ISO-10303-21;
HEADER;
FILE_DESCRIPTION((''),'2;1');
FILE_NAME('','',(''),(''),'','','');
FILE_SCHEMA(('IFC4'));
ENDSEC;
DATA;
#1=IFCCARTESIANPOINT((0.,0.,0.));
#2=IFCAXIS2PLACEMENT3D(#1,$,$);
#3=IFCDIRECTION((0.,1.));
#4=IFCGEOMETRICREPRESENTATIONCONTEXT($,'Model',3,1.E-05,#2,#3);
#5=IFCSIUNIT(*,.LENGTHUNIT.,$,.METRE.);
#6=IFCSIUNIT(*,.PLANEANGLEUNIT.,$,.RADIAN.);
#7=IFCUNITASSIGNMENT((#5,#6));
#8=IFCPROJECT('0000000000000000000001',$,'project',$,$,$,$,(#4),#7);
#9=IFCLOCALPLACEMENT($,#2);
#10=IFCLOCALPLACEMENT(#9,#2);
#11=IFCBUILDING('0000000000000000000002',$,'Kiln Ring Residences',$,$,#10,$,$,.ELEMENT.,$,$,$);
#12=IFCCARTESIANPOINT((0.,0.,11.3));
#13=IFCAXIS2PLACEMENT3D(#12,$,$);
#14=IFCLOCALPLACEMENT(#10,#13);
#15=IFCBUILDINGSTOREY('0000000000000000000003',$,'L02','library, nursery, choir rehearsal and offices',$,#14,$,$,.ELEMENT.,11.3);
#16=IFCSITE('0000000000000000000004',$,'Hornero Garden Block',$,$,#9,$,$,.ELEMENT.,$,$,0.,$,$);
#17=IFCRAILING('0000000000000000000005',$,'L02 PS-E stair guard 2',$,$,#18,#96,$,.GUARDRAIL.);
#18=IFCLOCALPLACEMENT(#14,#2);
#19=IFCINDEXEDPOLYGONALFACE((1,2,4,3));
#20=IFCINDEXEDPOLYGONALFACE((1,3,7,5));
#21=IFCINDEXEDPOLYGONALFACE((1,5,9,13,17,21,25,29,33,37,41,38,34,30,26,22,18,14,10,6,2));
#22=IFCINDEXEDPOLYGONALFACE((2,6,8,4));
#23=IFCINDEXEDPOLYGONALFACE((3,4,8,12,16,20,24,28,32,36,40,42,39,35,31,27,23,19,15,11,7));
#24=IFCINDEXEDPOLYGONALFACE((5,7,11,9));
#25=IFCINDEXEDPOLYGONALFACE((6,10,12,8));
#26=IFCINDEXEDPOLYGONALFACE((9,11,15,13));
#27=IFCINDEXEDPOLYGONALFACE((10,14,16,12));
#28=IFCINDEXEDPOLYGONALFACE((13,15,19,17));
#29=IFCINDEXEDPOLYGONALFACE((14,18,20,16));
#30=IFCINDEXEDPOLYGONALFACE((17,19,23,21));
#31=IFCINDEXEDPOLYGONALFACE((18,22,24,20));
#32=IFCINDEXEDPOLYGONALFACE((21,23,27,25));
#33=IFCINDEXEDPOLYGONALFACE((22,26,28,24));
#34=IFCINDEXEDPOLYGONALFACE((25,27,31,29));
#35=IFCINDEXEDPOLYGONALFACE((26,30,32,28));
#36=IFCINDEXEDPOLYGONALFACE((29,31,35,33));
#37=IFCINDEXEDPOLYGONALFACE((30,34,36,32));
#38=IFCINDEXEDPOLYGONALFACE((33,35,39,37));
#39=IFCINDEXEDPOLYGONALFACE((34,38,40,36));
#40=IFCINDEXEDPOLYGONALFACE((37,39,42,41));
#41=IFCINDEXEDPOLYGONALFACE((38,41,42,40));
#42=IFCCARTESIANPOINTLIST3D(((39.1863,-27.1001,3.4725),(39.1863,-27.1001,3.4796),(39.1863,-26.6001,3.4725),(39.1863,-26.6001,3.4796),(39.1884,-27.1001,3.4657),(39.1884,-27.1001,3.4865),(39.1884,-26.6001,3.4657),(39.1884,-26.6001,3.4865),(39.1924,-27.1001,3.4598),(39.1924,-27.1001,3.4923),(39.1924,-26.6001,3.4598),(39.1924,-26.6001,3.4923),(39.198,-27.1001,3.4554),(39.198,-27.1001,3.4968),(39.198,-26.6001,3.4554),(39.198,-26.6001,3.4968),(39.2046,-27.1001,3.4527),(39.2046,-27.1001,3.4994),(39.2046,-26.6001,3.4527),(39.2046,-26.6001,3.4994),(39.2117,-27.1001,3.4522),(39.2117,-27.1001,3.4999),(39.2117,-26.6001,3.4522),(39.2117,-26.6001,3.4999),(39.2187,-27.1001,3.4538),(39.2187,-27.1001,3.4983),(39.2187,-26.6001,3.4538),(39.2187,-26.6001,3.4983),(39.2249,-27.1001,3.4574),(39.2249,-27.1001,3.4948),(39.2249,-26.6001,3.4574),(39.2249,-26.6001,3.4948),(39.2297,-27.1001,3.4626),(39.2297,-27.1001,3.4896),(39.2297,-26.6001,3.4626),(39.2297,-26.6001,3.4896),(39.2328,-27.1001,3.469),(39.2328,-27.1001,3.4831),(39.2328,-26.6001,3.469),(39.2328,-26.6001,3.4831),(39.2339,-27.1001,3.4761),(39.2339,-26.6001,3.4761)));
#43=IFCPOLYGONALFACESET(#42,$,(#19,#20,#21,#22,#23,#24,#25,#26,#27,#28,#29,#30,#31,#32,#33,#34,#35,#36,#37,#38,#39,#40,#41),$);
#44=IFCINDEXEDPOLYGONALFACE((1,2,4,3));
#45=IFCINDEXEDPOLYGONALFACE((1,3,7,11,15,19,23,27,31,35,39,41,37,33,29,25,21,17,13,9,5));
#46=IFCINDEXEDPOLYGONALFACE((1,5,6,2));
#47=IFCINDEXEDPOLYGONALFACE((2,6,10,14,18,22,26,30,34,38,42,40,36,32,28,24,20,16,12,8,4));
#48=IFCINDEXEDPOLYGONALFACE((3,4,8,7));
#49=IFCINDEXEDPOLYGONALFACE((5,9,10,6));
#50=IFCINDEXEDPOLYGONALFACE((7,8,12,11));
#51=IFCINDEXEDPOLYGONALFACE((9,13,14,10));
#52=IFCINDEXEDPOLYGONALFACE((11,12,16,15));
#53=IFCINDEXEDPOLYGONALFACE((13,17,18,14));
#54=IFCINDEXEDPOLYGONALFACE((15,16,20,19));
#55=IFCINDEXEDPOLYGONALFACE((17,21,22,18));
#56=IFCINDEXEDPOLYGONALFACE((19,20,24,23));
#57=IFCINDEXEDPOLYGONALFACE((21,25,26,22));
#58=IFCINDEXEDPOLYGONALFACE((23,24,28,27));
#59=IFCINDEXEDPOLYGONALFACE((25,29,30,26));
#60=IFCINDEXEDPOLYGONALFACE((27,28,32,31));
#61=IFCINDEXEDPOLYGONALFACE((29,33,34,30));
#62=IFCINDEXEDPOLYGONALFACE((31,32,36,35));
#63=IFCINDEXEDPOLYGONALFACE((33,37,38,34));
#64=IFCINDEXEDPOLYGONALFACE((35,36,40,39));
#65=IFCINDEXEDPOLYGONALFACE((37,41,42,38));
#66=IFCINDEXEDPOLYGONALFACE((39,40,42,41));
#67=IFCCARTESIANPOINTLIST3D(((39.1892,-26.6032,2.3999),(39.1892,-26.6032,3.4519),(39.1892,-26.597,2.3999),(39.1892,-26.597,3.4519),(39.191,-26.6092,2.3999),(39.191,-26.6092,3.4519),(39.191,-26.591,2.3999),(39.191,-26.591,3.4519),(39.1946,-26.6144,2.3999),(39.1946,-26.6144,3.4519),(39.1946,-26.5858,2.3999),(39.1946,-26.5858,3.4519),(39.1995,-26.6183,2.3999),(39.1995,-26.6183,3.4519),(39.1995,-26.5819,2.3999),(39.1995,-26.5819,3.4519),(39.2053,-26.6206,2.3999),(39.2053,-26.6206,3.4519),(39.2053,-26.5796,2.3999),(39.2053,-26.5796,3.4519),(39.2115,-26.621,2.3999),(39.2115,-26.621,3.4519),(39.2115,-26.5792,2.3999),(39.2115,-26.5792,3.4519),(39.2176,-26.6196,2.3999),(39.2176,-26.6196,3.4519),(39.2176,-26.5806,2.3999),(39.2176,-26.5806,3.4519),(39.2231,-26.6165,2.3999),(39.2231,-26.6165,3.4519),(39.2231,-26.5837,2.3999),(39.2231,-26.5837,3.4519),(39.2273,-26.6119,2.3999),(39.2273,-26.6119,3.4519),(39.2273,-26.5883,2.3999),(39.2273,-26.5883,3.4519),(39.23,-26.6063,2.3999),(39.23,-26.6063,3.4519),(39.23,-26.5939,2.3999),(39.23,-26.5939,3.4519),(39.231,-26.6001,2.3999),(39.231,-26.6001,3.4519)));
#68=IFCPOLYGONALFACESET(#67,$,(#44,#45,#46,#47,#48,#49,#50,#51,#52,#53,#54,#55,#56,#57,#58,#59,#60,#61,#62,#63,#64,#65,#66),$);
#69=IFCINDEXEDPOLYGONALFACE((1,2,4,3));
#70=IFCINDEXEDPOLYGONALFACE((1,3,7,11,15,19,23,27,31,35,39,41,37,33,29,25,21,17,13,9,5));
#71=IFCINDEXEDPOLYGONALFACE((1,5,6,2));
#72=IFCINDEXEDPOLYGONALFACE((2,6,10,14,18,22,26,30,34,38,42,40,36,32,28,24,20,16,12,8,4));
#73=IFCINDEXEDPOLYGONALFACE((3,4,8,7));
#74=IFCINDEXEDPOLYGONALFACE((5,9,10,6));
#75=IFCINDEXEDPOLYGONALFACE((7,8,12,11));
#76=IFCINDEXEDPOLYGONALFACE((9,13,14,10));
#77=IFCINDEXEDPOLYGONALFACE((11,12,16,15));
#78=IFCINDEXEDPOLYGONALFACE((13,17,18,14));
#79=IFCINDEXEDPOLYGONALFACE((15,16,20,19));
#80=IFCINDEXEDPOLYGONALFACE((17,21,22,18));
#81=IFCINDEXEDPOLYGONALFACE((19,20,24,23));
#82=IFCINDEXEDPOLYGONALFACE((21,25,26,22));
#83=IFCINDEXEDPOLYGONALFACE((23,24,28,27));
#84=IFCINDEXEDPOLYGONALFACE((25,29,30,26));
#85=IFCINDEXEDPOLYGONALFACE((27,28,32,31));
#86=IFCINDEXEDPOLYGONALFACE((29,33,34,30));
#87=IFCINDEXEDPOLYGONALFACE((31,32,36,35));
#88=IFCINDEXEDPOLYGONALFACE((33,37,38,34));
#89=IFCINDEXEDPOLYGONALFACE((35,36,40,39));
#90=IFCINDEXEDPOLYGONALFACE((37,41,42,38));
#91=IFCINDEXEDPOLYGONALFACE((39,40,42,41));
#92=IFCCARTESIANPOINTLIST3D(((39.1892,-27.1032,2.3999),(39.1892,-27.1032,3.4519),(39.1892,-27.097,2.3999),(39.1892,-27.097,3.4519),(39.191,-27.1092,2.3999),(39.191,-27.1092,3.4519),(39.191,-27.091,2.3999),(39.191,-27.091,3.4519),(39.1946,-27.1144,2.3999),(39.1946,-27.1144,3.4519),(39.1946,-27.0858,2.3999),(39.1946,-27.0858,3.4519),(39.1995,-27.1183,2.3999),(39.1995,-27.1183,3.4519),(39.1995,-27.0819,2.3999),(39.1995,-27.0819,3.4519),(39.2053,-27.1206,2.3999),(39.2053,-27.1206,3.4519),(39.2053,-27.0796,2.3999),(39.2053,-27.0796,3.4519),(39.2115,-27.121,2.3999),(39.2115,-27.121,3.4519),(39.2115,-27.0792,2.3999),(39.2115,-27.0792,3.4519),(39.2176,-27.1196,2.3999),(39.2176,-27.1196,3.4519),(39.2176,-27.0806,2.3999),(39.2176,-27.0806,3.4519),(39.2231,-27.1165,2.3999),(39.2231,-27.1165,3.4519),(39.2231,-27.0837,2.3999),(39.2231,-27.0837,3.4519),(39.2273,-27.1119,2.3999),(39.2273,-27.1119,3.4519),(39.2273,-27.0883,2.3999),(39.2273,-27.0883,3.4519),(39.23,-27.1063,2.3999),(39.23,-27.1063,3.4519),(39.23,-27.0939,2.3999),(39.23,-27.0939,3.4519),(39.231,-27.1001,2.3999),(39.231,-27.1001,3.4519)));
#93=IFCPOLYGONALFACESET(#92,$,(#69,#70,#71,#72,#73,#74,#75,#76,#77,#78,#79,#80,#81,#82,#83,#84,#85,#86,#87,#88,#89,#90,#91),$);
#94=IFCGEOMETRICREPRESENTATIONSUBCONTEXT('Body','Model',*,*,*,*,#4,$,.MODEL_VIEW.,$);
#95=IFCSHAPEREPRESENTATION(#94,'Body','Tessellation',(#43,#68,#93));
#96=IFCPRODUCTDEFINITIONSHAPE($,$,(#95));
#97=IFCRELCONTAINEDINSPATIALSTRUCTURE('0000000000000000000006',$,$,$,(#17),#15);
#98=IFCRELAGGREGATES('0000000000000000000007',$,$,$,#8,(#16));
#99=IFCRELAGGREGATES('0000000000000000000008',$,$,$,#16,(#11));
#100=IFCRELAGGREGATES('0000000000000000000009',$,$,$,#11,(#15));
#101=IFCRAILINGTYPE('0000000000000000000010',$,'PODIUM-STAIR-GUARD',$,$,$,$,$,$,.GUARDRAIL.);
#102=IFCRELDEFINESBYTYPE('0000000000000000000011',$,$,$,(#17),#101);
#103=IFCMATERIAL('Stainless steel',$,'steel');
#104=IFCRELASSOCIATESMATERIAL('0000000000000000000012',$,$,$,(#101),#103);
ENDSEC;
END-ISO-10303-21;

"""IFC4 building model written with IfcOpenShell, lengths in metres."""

from ifc_helpers import new_model, si_unit, direction, frame, origin, origin_2d, place, context, subcontext, project, spatial, circle, extrude, material, type_object, element, save


model = new_model("IFC4")

# Units and contexts
model_context = context("Model", 3, precision=1e-05, world=origin(), true_north=direction((0.0, 1.0)))
body_context = subcontext(model_context, "Body", "Model", "MODEL_VIEW")
ifc_project = project(units=[si_unit("LENGTHUNIT", "METRE"), si_unit("PLANEANGLEUNIT", "RADIAN")], contexts=[model_context])

# Site, building, storey
site_placement = place(None, origin())
site = spatial("IfcSite", under=ifc_project, at=site_placement, Name="Hornero Garden Block", CompositionType="ELEMENT", RefElevation=0.0)
building_placement = place(site_placement, origin())
building = spatial("IfcBuilding", under=site, at=building_placement, Name="Kiln Ring Residences", CompositionType="ELEMENT")
storey_placement = place(building_placement, frame((0.0, 0.0, 11.3)))
storey = spatial("IfcBuildingStorey", under=building, at=storey_placement, Name="L02", Description="library, nursery, choir rehearsal and offices", CompositionType="ELEMENT", Elevation=11.3)

# Railing
ifc_material_1 = material(Name="Stainless steel", Category="steel")
railing_type_1 = type_object("IfcRailingType", Name="PODIUM-STAIR-GUARD", PredefinedType="GUARDRAIL", material=ifc_material_1)
railing_1_placement = place(storey_placement, frame((39.21, -26.6001, 2.3999)))
element("IfcRailing", 1, at=railing_1_placement, inside=storey, type_object=railing_type_1, Name="L02 PS-E stair guard 2", PredefinedType="GUARDRAIL", context=body_context, shape_type="SweptSolid", body=[
    extrude(circle(Radius=0.0239, at=origin_2d()), frame((0.0, 0.0, 1.0762), z_axis=(0.0, -1.0, 0.0), x_axis=(1.0, 0.0, 0.0)), (0.0, 0.0, 1.0), 0.5),
    extrude(circle(Radius=0.021, at=origin_2d()), origin(), (0.0, 0.0, 1.0), 1.052),
    extrude(circle(Radius=0.021, at=origin_2d()), frame((0.0, -0.5, 0.0)), (0.0, 0.0, 1.0), 1.052),
])

save(model, "model.ifc")
